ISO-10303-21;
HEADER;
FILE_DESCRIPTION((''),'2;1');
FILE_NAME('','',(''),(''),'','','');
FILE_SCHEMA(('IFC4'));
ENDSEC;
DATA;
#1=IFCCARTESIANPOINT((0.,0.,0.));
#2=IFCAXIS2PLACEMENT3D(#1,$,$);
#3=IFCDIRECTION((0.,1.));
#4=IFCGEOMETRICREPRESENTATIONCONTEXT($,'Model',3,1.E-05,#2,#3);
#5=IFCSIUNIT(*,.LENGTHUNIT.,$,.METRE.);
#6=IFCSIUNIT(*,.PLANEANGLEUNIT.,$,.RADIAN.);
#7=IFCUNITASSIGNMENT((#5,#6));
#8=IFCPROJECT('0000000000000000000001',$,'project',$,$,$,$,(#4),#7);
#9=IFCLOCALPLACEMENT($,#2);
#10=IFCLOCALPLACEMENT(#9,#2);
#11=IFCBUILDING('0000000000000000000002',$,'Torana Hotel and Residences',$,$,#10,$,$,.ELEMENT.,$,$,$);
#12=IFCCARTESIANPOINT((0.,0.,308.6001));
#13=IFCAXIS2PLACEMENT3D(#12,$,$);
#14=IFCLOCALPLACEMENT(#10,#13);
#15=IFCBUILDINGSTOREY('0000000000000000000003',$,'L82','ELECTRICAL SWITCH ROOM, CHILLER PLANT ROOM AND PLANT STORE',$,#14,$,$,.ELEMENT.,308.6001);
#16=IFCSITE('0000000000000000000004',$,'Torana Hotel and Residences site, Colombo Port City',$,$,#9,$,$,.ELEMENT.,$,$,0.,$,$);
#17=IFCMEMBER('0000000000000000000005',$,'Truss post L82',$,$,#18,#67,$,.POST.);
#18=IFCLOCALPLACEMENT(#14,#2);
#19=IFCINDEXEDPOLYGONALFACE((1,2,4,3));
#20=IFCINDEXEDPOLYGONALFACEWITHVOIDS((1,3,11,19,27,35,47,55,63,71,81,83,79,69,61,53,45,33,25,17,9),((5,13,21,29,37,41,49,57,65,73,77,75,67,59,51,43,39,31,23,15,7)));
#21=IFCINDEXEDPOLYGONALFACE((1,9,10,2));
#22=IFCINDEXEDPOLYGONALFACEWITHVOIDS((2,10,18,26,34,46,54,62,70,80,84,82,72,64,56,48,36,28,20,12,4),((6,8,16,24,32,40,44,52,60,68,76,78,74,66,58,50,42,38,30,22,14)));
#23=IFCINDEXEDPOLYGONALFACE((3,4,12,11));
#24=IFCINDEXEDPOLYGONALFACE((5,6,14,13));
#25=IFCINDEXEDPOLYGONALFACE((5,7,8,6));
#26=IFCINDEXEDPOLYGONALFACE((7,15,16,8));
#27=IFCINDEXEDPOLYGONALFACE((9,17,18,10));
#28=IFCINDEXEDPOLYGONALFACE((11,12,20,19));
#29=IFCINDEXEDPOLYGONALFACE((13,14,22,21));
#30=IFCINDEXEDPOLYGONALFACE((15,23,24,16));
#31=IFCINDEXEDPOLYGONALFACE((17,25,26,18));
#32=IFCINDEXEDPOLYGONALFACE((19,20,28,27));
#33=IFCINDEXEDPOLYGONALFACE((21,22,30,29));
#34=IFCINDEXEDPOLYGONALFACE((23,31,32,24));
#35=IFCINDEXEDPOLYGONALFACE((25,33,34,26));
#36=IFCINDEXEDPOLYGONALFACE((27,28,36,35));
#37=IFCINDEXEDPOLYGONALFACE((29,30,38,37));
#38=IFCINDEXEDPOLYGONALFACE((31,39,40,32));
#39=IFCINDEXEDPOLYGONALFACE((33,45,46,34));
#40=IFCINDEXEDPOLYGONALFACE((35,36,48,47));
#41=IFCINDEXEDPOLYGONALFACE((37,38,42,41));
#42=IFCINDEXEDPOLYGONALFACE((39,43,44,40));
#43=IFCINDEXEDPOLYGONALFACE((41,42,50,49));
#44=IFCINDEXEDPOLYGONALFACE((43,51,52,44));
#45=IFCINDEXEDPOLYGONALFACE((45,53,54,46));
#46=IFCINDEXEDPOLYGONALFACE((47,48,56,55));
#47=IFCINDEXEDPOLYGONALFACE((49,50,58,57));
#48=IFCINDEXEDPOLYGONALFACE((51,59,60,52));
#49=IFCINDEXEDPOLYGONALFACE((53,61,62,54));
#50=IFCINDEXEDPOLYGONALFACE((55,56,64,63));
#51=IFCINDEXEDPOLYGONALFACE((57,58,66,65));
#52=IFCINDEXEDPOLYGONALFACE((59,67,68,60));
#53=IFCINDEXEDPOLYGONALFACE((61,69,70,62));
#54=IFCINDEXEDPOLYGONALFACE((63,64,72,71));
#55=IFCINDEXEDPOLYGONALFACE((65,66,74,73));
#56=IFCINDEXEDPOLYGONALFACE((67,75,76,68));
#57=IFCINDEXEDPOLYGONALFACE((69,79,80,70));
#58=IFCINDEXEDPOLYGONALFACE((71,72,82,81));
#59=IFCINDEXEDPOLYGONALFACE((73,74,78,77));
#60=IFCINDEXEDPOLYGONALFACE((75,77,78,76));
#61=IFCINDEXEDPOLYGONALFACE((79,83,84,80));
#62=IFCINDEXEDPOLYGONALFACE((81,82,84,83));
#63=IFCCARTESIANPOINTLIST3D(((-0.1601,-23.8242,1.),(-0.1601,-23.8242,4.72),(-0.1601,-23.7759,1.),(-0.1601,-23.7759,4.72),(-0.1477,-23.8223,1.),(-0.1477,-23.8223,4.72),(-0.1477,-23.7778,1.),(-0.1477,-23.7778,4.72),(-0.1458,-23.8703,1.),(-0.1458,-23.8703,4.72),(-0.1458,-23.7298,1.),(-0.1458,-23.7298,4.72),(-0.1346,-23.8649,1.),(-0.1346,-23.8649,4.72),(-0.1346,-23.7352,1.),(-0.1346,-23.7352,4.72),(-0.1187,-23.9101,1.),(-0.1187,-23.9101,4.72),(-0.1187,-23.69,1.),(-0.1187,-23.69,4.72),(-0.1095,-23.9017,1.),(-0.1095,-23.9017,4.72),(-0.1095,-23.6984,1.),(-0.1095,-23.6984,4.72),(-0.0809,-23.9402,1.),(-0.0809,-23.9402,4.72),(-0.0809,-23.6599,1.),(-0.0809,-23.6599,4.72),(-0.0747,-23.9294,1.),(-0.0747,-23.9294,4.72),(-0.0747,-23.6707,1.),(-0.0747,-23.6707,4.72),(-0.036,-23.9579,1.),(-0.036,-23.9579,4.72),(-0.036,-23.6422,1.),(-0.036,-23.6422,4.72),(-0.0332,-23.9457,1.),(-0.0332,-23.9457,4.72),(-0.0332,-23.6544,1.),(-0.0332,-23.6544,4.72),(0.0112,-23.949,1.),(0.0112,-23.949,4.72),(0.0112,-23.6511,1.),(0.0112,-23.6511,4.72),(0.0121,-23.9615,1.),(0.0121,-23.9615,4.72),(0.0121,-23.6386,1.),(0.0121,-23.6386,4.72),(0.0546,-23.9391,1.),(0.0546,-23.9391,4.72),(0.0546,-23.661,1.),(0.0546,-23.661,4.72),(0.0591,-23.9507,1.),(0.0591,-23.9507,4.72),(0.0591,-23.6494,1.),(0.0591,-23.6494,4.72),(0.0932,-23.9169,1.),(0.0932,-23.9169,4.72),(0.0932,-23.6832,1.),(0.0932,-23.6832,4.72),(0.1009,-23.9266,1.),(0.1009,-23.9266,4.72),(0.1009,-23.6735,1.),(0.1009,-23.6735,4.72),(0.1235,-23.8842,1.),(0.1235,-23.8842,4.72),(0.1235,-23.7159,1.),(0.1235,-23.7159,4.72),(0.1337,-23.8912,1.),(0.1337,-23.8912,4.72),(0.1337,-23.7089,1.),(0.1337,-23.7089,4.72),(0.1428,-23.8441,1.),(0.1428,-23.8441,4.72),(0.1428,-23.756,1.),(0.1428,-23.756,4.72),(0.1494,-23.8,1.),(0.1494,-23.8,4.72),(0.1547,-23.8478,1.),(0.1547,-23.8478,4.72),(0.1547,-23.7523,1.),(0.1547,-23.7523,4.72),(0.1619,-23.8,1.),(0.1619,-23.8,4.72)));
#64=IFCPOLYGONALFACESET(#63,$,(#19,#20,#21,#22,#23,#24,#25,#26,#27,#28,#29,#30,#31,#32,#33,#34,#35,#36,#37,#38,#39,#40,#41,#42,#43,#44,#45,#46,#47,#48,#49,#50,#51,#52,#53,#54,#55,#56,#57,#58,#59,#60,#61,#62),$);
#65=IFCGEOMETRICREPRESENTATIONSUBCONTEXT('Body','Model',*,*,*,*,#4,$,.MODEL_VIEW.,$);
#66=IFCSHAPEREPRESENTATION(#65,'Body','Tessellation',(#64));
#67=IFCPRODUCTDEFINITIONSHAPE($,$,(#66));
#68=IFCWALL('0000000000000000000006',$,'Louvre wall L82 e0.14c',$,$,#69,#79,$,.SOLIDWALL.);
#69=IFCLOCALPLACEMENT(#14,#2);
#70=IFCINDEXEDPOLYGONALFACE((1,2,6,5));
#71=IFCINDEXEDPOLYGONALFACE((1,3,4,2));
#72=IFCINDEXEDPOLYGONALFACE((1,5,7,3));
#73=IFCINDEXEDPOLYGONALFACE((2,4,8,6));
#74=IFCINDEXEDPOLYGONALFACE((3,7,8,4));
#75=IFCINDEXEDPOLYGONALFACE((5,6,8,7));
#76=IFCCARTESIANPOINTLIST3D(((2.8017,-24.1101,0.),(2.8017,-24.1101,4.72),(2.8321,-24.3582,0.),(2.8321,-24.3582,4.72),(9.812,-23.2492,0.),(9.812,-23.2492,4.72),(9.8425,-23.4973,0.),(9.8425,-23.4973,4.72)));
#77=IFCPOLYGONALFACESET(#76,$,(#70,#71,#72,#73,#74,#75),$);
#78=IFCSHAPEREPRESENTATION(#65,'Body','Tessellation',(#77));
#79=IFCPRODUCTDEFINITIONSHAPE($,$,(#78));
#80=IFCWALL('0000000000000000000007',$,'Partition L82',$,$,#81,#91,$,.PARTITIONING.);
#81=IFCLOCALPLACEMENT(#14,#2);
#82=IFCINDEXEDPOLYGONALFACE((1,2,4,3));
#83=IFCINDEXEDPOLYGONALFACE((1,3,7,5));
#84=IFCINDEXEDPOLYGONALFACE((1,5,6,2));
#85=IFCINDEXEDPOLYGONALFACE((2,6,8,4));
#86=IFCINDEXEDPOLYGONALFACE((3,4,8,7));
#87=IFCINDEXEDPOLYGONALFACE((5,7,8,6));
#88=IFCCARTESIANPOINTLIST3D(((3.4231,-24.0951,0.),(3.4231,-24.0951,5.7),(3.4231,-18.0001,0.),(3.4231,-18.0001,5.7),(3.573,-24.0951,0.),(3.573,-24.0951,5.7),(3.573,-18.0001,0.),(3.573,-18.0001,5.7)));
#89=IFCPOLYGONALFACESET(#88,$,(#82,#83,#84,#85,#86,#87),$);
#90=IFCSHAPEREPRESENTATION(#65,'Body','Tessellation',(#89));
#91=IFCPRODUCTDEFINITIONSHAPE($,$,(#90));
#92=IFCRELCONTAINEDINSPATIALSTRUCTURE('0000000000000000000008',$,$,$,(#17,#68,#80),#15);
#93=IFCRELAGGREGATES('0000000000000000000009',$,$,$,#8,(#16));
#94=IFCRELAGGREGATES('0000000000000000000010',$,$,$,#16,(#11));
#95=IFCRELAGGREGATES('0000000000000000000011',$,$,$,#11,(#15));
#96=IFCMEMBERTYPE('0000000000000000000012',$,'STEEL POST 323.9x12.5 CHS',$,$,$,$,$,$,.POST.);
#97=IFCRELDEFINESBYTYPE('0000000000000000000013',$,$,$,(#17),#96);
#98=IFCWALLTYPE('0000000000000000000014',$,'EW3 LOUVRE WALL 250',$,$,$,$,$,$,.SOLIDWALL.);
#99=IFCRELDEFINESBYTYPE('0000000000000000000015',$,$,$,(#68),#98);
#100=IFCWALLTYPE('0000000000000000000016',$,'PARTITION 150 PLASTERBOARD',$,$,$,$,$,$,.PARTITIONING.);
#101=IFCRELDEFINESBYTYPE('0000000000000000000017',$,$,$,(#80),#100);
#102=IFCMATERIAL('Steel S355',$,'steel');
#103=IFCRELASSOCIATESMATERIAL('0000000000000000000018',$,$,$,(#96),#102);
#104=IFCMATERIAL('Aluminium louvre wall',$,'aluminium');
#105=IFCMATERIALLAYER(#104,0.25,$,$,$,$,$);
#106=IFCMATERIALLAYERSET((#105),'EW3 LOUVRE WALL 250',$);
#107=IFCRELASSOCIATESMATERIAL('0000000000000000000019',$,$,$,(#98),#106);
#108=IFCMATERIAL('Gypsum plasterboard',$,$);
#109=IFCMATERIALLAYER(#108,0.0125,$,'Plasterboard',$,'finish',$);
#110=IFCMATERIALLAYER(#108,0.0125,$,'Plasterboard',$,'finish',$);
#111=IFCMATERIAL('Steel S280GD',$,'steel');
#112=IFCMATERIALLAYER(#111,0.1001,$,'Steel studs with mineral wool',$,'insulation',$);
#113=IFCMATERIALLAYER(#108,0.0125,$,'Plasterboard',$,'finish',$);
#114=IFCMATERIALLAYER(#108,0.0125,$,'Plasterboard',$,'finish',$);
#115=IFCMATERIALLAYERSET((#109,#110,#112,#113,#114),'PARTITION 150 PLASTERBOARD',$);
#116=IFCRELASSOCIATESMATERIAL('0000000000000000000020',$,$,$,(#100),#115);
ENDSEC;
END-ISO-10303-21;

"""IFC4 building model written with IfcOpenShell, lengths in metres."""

from ifc_helpers import new_model, si_unit, direction, frame, frame_2d, origin, origin_2d, place, context, subcontext, project, spatial, rectangle, hollow_circle, extrude, material, layer, layer_set, material_profile, profile_set, type_object, element, save


model = new_model("IFC4")

# Units and contexts
model_context = context("Model", 3, precision=1e-05, world=origin(), true_north=direction((0.0, 1.0)))
body_context = subcontext(model_context, "Body", "Model", "MODEL_VIEW")
ifc_project = project(units=[si_unit("LENGTHUNIT", "METRE"), si_unit("PLANEANGLEUNIT", "RADIAN")], contexts=[model_context])

# Site, building, storey
site_placement = place(None, origin())
site = spatial("IfcSite", under=ifc_project, at=site_placement, Name="Torana Hotel and Residences site, Colombo Port City", CompositionType="ELEMENT", RefElevation=0.0)
building_placement = place(site_placement, origin())
building = spatial("IfcBuilding", under=site, at=building_placement, Name="Torana Hotel and Residences", CompositionType="ELEMENT")
storey_placement = place(building_placement, frame((0.0, 0.0, 308.6001)))
storey = spatial("IfcBuildingStorey", under=building, at=storey_placement, Name="L82", Description="ELECTRICAL SWITCH ROOM, CHILLER PLANT ROOM AND PLANT STORE", CompositionType="ELEMENT", Elevation=308.6001)

# Member
ifc_material_1 = material(Name="Steel S355", Category="steel")
ifc_material_profile_1 = material_profile(ifc_material_1, hollow_circle(Radius=0.1619, WallThickness=0.0125, at=origin_2d()), Name="323.9x12.5 CHS")
ifc_profile_set_1 = profile_set([ifc_material_profile_1], Name="Steel S355")
member_type_1 = type_object("IfcMemberType", Name="STEEL POST 323.9x12.5 CHS", PredefinedType="POST", material=ifc_profile_set_1)
for number, where, z_axis, x_axis, name in (
    (1, (0.0, -23.8, 1.0), (0.0, 0.0, 1.0), (1.0, 0.0, 0.0), "Truss post L82"),
):
    element("IfcMember", number, at=place(storey_placement, frame(where, z_axis=z_axis, x_axis=x_axis)), inside=storey, type_object=member_type_1, Name=name, PredefinedType="POST", context=body_context, shape_type="SweptSolid", body=[
        extrude(hollow_circle(Radius=0.1619, WallThickness=0.0125, at=origin_2d()), origin(), (0.0, 0.0, 1.0), 3.72),
    ])

# Walls
ifc_material_2 = material(Name="Aluminium louvre wall", Category="aluminium")
ifc_layer_1 = layer(ifc_material_2, 0.25)
ifc_layer_set_1 = layer_set([ifc_layer_1], Name="EW3 LOUVRE WALL 250")
wall_type_1 = type_object("IfcWallType", Name="EW3 LOUVRE WALL 250", PredefinedType="SOLIDWALL", material=ifc_layer_set_1)
wall_1_placement = place(storey_placement, frame((2.8169, -24.2341, 0.0), z_axis=(0.0, 0.0, 1.0), x_axis=(0.992545, 0.121882, 0.0)))
element("IfcWall", 2, at=wall_1_placement, inside=storey, type_object=wall_type_1, Name="Louvre wall L82 e0.14c", PredefinedType="SOLIDWALL", context=body_context, shape_type="SweptSolid", body=[
    extrude(rectangle(XDim=7.063, YDim=0.25, at=frame_2d((3.5315, 0.0))), origin(), (0.0, 0.0, 1.0), 4.72),
])
ifc_material_3 = material(Name="Gypsum plasterboard")
ifc_layer_2 = layer(ifc_material_3, 0.0125, Name="Plasterboard", Category="finish")
ifc_layer_3 = layer(ifc_material_3, 0.0125, Name="Plasterboard", Category="finish")
ifc_material_4 = material(Name="Steel S280GD", Category="steel")
ifc_layer_4 = layer(ifc_material_4, 0.1001, Name="Steel studs with mineral wool", Category="insulation")
ifc_layer_5 = layer(ifc_material_3, 0.0125, Name="Plasterboard", Category="finish")
ifc_layer_6 = layer(ifc_material_3, 0.0125, Name="Plasterboard", Category="finish")
ifc_layer_set_2 = layer_set([ifc_layer_2, ifc_layer_3, ifc_layer_4, ifc_layer_5, ifc_layer_6], Name="PARTITION 150 PLASTERBOARD")
wall_type_2 = type_object("IfcWallType", Name="PARTITION 150 PLASTERBOARD", PredefinedType="PARTITIONING", material=ifc_layer_set_2)
wall_2_placement = place(storey_placement, frame((3.498, -24.095, 0.0), z_axis=(0.0, 0.0, 1.0), x_axis=(0.0, 1.0, 0.0)))
element("IfcWall", 3, at=wall_2_placement, inside=storey, type_object=wall_type_2, Name="Partition L82", PredefinedType="PARTITIONING", context=body_context, shape_type="SweptSolid", body=[
    extrude(rectangle(XDim=6.095, YDim=0.1499, at=frame_2d((3.0474, 0.0))), origin(), (0.0, 0.0, 1.0), 5.7),
])

save(model, "model.ifc")
